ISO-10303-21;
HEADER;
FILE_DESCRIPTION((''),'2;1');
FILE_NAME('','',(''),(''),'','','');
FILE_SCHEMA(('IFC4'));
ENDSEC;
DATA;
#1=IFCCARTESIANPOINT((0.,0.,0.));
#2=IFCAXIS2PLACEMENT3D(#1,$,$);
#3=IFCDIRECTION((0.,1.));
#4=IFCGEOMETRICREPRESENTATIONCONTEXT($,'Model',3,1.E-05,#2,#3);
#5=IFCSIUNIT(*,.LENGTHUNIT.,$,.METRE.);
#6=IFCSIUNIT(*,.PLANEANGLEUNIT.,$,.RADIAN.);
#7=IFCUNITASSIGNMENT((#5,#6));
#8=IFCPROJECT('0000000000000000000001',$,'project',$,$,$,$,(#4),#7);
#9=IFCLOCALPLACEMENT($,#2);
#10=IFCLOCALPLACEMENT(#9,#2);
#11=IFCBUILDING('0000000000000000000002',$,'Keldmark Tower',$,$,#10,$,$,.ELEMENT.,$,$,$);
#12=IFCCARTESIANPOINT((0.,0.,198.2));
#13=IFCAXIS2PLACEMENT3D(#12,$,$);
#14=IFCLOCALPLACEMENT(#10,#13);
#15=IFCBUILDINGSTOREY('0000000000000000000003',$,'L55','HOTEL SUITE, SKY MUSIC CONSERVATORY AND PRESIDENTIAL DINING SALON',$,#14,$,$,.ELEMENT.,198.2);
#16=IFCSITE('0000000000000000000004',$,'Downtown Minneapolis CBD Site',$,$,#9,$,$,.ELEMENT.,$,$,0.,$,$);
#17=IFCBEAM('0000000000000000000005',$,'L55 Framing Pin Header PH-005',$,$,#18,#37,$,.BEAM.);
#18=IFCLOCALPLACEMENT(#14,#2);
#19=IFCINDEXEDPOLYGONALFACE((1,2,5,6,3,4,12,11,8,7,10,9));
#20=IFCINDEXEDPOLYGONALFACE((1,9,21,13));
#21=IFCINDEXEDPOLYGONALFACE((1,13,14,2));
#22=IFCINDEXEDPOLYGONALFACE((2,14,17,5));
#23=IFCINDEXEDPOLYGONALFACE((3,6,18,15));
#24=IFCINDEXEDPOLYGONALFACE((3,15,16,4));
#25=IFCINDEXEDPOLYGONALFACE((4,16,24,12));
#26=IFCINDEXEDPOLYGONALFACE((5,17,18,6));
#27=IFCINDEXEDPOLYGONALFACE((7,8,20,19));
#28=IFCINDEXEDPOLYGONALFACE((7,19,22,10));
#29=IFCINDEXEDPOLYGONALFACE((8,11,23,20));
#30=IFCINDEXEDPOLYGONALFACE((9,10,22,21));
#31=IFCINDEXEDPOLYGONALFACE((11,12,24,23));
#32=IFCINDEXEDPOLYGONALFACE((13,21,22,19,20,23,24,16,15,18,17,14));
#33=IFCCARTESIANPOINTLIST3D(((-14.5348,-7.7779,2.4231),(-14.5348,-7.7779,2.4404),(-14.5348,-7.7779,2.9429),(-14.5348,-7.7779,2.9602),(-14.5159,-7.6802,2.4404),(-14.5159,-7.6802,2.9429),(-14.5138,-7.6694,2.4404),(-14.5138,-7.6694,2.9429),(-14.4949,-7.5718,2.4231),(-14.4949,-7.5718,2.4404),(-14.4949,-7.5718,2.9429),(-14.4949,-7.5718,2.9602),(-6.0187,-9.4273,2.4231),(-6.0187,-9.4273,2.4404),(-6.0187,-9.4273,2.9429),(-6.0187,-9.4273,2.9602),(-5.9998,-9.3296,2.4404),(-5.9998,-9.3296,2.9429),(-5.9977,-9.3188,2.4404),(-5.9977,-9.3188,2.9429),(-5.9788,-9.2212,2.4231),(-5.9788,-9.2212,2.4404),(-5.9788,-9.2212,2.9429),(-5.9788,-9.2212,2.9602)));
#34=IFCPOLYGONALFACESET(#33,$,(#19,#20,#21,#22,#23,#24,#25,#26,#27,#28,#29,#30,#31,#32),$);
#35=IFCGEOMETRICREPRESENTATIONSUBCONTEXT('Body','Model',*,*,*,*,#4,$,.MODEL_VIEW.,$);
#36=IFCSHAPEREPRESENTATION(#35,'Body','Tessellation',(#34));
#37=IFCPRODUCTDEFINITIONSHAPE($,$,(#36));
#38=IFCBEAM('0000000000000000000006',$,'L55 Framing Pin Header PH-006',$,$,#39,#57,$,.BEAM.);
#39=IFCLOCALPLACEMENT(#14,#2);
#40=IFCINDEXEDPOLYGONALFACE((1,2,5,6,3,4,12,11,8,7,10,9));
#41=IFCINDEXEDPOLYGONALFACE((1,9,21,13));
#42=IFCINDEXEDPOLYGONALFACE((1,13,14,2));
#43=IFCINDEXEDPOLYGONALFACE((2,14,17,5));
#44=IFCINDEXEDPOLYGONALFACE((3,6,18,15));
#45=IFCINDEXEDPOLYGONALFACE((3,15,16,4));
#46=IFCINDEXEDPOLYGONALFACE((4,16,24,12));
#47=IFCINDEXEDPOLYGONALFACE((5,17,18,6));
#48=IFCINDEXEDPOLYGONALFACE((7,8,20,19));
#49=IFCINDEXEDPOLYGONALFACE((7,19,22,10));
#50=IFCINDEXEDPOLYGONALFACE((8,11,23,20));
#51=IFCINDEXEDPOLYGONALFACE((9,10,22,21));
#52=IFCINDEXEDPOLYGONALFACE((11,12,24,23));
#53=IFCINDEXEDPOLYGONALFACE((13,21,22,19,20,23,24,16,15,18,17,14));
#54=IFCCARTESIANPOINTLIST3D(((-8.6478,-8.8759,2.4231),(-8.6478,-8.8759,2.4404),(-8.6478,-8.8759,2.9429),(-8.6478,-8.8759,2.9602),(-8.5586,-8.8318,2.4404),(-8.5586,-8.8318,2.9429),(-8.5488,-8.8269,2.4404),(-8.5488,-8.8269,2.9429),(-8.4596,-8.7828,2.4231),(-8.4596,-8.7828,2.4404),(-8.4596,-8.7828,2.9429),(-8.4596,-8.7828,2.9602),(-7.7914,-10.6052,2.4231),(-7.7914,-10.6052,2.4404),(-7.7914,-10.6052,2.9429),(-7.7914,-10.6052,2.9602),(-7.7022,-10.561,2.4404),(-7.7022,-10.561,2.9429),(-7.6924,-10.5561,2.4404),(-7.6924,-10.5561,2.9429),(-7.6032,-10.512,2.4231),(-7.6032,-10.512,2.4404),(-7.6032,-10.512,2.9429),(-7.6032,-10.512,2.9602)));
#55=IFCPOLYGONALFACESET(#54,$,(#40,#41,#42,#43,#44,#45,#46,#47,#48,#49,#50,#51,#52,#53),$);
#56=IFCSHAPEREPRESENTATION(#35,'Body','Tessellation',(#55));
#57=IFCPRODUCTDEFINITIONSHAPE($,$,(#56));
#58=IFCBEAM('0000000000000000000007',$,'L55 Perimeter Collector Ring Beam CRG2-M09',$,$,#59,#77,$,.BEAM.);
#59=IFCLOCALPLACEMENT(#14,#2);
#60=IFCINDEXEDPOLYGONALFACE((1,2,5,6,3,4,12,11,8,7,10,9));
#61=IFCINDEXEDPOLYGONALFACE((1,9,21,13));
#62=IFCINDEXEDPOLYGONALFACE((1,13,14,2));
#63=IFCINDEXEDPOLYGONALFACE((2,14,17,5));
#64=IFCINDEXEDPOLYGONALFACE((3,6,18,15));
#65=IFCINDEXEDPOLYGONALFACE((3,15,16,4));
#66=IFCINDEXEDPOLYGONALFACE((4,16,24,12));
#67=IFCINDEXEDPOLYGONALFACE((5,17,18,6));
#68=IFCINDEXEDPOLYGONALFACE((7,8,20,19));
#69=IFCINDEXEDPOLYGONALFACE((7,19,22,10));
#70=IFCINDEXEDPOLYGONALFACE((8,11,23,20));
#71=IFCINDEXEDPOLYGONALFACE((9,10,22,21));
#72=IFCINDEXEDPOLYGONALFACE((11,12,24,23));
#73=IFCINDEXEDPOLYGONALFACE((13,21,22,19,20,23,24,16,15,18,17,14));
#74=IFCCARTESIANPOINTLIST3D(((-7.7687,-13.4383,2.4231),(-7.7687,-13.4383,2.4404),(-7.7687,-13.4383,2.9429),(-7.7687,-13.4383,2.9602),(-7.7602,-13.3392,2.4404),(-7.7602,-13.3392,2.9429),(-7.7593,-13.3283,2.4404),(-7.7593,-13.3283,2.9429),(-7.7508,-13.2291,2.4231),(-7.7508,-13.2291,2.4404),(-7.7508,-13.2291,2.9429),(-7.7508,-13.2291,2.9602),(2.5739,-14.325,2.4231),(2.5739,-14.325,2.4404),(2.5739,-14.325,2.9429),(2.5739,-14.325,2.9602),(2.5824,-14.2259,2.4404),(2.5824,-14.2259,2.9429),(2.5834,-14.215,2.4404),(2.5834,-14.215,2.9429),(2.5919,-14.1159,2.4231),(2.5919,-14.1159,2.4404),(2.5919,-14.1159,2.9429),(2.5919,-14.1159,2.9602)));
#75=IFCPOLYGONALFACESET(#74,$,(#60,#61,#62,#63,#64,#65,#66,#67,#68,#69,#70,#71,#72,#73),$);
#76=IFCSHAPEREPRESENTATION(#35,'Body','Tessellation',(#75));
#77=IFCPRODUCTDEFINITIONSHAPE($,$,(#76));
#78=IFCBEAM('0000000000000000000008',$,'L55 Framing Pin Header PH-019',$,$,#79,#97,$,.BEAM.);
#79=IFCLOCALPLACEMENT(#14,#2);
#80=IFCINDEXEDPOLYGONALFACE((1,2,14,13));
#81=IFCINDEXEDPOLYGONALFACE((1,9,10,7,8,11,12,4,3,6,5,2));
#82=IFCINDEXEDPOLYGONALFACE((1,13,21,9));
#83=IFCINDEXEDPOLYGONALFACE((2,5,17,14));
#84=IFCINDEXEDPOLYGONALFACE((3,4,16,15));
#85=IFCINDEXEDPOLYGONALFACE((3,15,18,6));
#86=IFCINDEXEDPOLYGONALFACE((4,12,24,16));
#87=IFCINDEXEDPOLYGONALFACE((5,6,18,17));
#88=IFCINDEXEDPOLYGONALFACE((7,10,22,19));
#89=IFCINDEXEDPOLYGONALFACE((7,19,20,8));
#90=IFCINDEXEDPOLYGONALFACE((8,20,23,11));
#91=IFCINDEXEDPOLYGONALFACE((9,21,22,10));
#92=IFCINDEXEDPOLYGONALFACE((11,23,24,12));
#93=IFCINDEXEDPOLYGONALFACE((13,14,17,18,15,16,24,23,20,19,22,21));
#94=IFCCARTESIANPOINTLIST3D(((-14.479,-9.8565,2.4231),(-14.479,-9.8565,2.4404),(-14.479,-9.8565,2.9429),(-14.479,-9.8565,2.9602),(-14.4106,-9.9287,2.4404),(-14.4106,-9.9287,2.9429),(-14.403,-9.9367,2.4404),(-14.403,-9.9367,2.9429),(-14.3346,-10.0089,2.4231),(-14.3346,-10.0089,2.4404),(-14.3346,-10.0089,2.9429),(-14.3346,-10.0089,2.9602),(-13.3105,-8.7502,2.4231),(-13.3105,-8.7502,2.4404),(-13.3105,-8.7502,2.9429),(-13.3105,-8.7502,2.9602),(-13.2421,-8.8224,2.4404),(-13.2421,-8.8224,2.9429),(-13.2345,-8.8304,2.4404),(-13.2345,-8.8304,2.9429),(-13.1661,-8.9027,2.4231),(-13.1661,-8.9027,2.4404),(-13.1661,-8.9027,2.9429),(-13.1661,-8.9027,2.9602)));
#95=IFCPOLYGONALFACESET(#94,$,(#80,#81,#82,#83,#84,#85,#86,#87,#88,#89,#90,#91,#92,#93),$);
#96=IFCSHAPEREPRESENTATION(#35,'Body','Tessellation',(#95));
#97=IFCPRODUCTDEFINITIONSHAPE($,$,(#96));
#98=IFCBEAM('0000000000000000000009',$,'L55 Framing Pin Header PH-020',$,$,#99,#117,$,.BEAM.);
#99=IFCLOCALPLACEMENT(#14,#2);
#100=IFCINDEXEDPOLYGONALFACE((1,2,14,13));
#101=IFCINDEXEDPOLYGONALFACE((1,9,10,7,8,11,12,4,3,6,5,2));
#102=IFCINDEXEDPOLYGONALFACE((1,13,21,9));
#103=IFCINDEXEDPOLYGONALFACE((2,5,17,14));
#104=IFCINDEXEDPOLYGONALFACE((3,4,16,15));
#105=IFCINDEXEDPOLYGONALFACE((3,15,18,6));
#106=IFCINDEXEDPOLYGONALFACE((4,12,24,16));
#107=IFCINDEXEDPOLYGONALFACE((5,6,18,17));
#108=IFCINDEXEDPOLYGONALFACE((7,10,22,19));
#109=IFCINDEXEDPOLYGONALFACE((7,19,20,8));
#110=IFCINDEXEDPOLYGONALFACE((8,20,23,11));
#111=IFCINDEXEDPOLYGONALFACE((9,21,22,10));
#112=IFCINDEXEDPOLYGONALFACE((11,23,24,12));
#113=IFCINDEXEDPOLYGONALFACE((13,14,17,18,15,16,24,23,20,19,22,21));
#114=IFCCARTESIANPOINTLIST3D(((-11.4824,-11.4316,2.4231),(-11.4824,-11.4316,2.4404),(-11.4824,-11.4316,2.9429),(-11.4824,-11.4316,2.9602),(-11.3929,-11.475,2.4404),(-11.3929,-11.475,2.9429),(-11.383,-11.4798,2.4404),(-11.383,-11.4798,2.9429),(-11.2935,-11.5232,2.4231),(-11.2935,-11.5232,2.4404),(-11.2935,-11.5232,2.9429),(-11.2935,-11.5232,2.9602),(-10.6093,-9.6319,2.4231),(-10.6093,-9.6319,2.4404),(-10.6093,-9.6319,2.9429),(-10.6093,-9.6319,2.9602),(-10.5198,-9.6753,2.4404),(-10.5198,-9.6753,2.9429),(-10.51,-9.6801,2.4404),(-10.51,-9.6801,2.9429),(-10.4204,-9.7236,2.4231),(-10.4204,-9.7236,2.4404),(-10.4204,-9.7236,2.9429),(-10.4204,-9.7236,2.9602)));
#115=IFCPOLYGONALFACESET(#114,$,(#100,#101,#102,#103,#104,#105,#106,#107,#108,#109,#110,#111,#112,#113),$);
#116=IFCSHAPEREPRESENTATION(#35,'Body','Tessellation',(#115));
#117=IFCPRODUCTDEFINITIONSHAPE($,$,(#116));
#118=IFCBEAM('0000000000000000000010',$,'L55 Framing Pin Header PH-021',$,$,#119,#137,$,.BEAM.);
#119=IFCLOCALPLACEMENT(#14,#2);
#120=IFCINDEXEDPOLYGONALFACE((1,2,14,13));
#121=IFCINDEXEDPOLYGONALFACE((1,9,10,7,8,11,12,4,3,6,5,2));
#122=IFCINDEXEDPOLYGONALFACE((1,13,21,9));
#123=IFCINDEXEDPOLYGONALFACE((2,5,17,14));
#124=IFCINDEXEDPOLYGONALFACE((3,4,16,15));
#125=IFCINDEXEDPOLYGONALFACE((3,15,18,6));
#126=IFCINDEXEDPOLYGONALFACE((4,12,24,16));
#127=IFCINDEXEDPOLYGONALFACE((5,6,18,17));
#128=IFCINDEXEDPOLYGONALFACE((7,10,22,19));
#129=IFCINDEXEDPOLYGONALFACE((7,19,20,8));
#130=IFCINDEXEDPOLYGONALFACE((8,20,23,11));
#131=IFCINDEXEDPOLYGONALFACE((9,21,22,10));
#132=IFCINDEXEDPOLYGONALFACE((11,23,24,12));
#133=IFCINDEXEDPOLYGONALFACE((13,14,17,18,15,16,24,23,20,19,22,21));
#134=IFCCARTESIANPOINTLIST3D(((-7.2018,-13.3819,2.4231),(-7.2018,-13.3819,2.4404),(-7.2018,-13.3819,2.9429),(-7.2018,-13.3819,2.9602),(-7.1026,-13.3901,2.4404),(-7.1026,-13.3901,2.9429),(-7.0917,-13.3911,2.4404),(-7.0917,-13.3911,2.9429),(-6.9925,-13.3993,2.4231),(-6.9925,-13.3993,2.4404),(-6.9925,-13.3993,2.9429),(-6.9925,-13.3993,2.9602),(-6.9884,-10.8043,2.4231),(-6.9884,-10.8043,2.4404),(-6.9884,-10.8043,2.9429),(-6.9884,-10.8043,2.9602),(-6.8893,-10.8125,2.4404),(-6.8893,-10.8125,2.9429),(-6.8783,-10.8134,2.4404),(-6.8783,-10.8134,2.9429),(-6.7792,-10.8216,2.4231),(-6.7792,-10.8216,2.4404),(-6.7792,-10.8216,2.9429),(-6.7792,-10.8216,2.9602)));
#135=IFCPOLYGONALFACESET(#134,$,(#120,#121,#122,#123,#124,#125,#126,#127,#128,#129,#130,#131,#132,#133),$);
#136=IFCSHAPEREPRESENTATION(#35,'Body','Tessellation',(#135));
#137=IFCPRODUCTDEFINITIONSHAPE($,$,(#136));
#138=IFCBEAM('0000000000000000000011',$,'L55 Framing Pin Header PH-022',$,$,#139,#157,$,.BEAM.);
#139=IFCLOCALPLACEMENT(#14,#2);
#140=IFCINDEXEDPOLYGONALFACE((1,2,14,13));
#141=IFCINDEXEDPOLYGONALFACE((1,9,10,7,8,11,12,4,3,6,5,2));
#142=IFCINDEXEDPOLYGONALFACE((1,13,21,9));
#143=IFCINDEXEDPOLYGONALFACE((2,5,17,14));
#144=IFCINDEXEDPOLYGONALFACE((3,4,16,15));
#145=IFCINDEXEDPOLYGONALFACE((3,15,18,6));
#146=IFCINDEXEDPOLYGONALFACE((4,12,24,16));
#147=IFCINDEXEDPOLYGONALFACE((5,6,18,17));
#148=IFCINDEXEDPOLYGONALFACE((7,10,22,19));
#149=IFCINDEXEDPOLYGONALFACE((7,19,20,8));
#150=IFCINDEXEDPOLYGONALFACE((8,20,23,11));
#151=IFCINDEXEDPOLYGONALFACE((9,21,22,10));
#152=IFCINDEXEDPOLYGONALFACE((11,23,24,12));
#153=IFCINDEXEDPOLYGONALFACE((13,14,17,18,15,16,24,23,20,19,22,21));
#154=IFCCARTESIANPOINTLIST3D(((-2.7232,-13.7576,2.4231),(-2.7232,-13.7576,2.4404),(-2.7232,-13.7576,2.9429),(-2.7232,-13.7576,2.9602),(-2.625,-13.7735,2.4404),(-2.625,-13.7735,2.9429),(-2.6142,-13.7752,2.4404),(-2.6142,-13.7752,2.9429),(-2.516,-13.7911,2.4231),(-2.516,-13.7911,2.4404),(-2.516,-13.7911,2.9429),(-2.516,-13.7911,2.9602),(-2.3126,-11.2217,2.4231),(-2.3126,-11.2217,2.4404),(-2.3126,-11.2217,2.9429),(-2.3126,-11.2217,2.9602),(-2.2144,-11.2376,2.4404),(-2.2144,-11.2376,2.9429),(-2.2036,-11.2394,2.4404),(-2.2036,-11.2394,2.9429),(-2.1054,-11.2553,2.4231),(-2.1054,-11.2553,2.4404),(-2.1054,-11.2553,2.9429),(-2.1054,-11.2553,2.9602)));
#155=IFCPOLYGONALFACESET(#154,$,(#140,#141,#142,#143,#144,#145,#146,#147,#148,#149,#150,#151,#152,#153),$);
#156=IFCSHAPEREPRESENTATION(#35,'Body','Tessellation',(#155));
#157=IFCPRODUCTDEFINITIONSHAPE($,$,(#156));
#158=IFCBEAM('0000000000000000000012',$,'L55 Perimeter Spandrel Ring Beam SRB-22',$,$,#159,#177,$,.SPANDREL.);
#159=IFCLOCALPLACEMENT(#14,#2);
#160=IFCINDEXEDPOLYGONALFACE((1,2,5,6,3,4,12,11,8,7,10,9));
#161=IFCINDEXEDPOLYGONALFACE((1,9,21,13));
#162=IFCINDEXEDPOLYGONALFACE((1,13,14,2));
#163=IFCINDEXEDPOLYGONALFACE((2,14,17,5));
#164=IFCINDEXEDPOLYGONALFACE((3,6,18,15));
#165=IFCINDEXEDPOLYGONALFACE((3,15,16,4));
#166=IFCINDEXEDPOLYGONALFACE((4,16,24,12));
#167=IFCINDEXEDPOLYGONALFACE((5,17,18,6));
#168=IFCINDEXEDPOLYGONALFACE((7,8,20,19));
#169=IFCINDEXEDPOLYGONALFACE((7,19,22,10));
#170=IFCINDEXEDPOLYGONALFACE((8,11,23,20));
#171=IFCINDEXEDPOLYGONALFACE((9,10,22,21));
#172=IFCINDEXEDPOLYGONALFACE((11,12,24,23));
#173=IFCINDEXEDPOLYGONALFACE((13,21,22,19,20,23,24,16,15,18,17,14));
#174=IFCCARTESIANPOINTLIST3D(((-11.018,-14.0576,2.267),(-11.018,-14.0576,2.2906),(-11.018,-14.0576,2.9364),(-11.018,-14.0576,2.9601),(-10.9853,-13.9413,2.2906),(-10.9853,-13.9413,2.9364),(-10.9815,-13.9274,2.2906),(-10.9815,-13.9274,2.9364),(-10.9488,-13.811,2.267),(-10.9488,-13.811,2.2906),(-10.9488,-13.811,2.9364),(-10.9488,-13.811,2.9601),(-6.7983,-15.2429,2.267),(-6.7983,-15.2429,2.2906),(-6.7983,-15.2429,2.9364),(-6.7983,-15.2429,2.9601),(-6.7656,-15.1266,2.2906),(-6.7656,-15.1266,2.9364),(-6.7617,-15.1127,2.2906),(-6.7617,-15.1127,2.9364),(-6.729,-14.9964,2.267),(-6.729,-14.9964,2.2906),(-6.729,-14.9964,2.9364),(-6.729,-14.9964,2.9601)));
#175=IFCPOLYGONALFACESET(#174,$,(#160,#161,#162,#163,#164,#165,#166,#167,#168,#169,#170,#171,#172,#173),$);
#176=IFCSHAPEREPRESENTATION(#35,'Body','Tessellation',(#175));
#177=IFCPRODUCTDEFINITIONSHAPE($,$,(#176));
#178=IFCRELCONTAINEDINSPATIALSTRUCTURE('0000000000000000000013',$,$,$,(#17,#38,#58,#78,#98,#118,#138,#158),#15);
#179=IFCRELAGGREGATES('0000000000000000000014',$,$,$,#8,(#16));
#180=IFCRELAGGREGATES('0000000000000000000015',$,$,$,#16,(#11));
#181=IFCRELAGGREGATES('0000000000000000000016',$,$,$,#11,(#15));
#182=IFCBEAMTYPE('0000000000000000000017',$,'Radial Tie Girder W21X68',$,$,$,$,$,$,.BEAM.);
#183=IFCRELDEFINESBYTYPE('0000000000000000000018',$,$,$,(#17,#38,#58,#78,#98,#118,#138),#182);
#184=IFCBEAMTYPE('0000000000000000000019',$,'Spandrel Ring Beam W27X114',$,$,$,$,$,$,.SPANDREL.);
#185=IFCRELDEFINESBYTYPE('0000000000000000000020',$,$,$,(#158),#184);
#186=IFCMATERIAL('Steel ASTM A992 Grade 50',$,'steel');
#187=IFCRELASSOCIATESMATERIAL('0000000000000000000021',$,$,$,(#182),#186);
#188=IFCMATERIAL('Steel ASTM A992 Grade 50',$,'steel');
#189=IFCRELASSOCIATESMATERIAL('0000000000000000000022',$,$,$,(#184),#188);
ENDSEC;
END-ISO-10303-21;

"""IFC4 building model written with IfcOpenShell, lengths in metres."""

from ifc_helpers import new_model, si_unit, direction, frame, origin, origin_2d, place, context, subcontext, project, spatial, i_section, extrude, material, material_profile, profile_set, type_object, element, save


model = new_model("IFC4")

# Units and contexts
model_context = context("Model", 3, precision=1e-05, world=origin(), true_north=direction((0.0, 1.0)))
body_context = subcontext(model_context, "Body", "Model", "MODEL_VIEW")
ifc_project = project(units=[si_unit("LENGTHUNIT", "METRE"), si_unit("PLANEANGLEUNIT", "RADIAN")], contexts=[model_context])

# Site, building, storey
site_placement = place(None, origin())
site = spatial("IfcSite", under=ifc_project, at=site_placement, Name="Downtown Minneapolis CBD Site", CompositionType="ELEMENT", RefElevation=0.0)
building_placement = place(site_placement, origin())
building = spatial("IfcBuilding", under=site, at=building_placement, Name="Keldmark Tower", CompositionType="ELEMENT")
storey_placement = place(building_placement, frame((0.0, 0.0, 198.2)))
storey = spatial("IfcBuildingStorey", under=building, at=storey_placement, Name="L55", Description="HOTEL SUITE, SKY MUSIC CONSERVATORY AND PRESIDENTIAL DINING SALON", CompositionType="ELEMENT", Elevation=198.2)

# Beams
ifc_material_1 = material(Name="Steel ASTM A992 Grade 50", Category="steel")
ifc_material_profile_1 = material_profile(ifc_material_1, i_section(OverallWidth=0.21, OverallDepth=0.5371, WebThickness=0.011, FlangeThickness=0.0173, at=origin_2d()), Name="W21X68")
ifc_profile_set_1 = profile_set([ifc_material_profile_1], Name="Steel ASTM A992 Grade 50")
beam_type_1 = type_object("IfcBeamType", Name="Radial Tie Girder W21X68", PredefinedType="BEAM", material=ifc_profile_set_1)
beam_1_placement = place(storey_placement, frame((-5.9988, -9.3242, 2.6917), z_axis=(-0.981755, 0.190148, 0.0), x_axis=(-0.190148, -0.981755, 0.0)))
element("IfcBeam", 1, at=beam_1_placement, inside=storey, type_object=beam_type_1, Name="L55 Framing Pin Header PH-005", PredefinedType="BEAM", context=body_context, shape_type="SweptSolid", body=[
    extrude(i_section(OverallWidth=0.21, OverallDepth=0.5371, WebThickness=0.011, FlangeThickness=0.0173, at=origin_2d()), origin(), (0.0, 0.0, 1.0), 8.6743),
])
beam_2_placement = place(storey_placement, frame((-8.5537, -8.8293, 2.6917), z_axis=(0.44382, -0.896116, 0.0), x_axis=(0.896116, 0.44382, 0.0)))
element("IfcBeam", 2, at=beam_2_placement, inside=storey, type_object=beam_type_1, Name="L55 Framing Pin Header PH-006", PredefinedType="BEAM", context=body_context, shape_type="SweptSolid", body=[
    extrude(i_section(OverallWidth=0.21, OverallDepth=0.5371, WebThickness=0.011, FlangeThickness=0.0173, at=origin_2d()), origin(), (0.0, 0.0, 1.0), 1.9297),
])
beam_3_placement = place(storey_placement, frame((-7.7598, -13.3337, 2.6917), z_axis=(0.996345, -0.08542, 0.0), x_axis=(0.08542, 0.996345, 0.0)))
element("IfcBeam", 3, at=beam_3_placement, inside=storey, type_object=beam_type_1, Name="L55 Perimeter Collector Ring Beam CRG2-M09", PredefinedType="BEAM", context=body_context, shape_type="SweptSolid", body=[
    extrude(i_section(OverallWidth=0.21, OverallDepth=0.5371, WebThickness=0.011, FlangeThickness=0.0173, at=origin_2d()), origin(), (0.0, 0.0, 1.0), 10.3806),
])
beam_4_placement = place(storey_placement, frame((-13.2383, -8.8264, 2.6917), z_axis=(-0.726188, -0.687496, 0.0), x_axis=(0.687496, -0.726188, 0.0)))
element("IfcBeam", 4, at=beam_4_placement, inside=storey, type_object=beam_type_1, Name="L55 Framing Pin Header PH-019", PredefinedType="BEAM", context=body_context, shape_type="SweptSolid", body=[
    extrude(i_section(OverallWidth=0.21, OverallDepth=0.5371, WebThickness=0.011, FlangeThickness=0.0173, at=origin_2d()), origin(), (0.0, 0.0, 1.0), 1.6091),
])
beam_5_placement = place(storey_placement, frame((-10.5149, -9.6777, 2.6917), z_axis=(-0.436489, -0.89971, 0.0), x_axis=(0.89971, -0.436489, 0.0)))
element("IfcBeam", 5, at=beam_5_placement, inside=storey, type_object=beam_type_1, Name="L55 Framing Pin Header PH-020", PredefinedType="BEAM", context=body_context, shape_type="SweptSolid", body=[
    extrude(i_section(OverallWidth=0.21, OverallDepth=0.5371, WebThickness=0.011, FlangeThickness=0.0173, at=origin_2d()), origin(), (0.0, 0.0, 1.0), 2.0002),
])
beam_6_placement = place(storey_placement, frame((-6.8838, -10.813, 2.6917), z_axis=(-0.082499, -0.996591, 0.0), x_axis=(0.996591, -0.082499, 0.0)))
element("IfcBeam", 6, at=beam_6_placement, inside=storey, type_object=beam_type_1, Name="L55 Framing Pin Header PH-021", PredefinedType="BEAM", context=body_context, shape_type="SweptSolid", body=[
    extrude(i_section(OverallWidth=0.21, OverallDepth=0.5371, WebThickness=0.011, FlangeThickness=0.0173, at=origin_2d()), origin(), (0.0, 0.0, 1.0), 2.5864),
])
beam_7_placement = place(storey_placement, frame((-2.209, -11.2385, 2.6917), z_axis=(-0.159851, -0.987141, 0.0), x_axis=(0.987141, -0.159851, 0.0)))
element("IfcBeam", 7, at=beam_7_placement, inside=storey, type_object=beam_type_1, Name="L55 Framing Pin Header PH-022", PredefinedType="BEAM", context=body_context, shape_type="SweptSolid", body=[
    extrude(i_section(OverallWidth=0.21, OverallDepth=0.5371, WebThickness=0.011, FlangeThickness=0.0173, at=origin_2d()), origin(), (0.0, 0.0, 1.0), 2.5688),
])
ifc_material_2 = material(Name="Steel ASTM A992 Grade 50", Category="steel")
ifc_material_profile_2 = material_profile(ifc_material_2, i_section(OverallWidth=0.2561, OverallDepth=0.6931, WebThickness=0.0144, FlangeThickness=0.0237, at=origin_2d()), Name="W27X114")
ifc_profile_set_2 = profile_set([ifc_material_profile_2], Name="Steel ASTM A992 Grade 50")
beam_type_2 = type_object("IfcBeamType", Name="Spandrel Ring Beam W27X114", PredefinedType="SPANDREL", material=ifc_profile_set_2)
beam_8_placement = place(storey_placement, frame((-10.9834, -13.9343, 2.6135), z_axis=(0.96274, -0.270429, 0.0), x_axis=(0.270429, 0.96274, 0.0)))
element("IfcBeam", 8, at=beam_8_placement, inside=storey, type_object=beam_type_2, Name="L55 Perimeter Spandrel Ring Beam SRB-22", PredefinedType="SPANDREL", context=body_context, shape_type="SweptSolid", body=[
    extrude(i_section(OverallWidth=0.2561, OverallDepth=0.6931, WebThickness=0.0144, FlangeThickness=0.0237, at=origin_2d()), origin(), (0.0, 0.0, 1.0), 4.3831),
])

save(model, "model.ifc")
